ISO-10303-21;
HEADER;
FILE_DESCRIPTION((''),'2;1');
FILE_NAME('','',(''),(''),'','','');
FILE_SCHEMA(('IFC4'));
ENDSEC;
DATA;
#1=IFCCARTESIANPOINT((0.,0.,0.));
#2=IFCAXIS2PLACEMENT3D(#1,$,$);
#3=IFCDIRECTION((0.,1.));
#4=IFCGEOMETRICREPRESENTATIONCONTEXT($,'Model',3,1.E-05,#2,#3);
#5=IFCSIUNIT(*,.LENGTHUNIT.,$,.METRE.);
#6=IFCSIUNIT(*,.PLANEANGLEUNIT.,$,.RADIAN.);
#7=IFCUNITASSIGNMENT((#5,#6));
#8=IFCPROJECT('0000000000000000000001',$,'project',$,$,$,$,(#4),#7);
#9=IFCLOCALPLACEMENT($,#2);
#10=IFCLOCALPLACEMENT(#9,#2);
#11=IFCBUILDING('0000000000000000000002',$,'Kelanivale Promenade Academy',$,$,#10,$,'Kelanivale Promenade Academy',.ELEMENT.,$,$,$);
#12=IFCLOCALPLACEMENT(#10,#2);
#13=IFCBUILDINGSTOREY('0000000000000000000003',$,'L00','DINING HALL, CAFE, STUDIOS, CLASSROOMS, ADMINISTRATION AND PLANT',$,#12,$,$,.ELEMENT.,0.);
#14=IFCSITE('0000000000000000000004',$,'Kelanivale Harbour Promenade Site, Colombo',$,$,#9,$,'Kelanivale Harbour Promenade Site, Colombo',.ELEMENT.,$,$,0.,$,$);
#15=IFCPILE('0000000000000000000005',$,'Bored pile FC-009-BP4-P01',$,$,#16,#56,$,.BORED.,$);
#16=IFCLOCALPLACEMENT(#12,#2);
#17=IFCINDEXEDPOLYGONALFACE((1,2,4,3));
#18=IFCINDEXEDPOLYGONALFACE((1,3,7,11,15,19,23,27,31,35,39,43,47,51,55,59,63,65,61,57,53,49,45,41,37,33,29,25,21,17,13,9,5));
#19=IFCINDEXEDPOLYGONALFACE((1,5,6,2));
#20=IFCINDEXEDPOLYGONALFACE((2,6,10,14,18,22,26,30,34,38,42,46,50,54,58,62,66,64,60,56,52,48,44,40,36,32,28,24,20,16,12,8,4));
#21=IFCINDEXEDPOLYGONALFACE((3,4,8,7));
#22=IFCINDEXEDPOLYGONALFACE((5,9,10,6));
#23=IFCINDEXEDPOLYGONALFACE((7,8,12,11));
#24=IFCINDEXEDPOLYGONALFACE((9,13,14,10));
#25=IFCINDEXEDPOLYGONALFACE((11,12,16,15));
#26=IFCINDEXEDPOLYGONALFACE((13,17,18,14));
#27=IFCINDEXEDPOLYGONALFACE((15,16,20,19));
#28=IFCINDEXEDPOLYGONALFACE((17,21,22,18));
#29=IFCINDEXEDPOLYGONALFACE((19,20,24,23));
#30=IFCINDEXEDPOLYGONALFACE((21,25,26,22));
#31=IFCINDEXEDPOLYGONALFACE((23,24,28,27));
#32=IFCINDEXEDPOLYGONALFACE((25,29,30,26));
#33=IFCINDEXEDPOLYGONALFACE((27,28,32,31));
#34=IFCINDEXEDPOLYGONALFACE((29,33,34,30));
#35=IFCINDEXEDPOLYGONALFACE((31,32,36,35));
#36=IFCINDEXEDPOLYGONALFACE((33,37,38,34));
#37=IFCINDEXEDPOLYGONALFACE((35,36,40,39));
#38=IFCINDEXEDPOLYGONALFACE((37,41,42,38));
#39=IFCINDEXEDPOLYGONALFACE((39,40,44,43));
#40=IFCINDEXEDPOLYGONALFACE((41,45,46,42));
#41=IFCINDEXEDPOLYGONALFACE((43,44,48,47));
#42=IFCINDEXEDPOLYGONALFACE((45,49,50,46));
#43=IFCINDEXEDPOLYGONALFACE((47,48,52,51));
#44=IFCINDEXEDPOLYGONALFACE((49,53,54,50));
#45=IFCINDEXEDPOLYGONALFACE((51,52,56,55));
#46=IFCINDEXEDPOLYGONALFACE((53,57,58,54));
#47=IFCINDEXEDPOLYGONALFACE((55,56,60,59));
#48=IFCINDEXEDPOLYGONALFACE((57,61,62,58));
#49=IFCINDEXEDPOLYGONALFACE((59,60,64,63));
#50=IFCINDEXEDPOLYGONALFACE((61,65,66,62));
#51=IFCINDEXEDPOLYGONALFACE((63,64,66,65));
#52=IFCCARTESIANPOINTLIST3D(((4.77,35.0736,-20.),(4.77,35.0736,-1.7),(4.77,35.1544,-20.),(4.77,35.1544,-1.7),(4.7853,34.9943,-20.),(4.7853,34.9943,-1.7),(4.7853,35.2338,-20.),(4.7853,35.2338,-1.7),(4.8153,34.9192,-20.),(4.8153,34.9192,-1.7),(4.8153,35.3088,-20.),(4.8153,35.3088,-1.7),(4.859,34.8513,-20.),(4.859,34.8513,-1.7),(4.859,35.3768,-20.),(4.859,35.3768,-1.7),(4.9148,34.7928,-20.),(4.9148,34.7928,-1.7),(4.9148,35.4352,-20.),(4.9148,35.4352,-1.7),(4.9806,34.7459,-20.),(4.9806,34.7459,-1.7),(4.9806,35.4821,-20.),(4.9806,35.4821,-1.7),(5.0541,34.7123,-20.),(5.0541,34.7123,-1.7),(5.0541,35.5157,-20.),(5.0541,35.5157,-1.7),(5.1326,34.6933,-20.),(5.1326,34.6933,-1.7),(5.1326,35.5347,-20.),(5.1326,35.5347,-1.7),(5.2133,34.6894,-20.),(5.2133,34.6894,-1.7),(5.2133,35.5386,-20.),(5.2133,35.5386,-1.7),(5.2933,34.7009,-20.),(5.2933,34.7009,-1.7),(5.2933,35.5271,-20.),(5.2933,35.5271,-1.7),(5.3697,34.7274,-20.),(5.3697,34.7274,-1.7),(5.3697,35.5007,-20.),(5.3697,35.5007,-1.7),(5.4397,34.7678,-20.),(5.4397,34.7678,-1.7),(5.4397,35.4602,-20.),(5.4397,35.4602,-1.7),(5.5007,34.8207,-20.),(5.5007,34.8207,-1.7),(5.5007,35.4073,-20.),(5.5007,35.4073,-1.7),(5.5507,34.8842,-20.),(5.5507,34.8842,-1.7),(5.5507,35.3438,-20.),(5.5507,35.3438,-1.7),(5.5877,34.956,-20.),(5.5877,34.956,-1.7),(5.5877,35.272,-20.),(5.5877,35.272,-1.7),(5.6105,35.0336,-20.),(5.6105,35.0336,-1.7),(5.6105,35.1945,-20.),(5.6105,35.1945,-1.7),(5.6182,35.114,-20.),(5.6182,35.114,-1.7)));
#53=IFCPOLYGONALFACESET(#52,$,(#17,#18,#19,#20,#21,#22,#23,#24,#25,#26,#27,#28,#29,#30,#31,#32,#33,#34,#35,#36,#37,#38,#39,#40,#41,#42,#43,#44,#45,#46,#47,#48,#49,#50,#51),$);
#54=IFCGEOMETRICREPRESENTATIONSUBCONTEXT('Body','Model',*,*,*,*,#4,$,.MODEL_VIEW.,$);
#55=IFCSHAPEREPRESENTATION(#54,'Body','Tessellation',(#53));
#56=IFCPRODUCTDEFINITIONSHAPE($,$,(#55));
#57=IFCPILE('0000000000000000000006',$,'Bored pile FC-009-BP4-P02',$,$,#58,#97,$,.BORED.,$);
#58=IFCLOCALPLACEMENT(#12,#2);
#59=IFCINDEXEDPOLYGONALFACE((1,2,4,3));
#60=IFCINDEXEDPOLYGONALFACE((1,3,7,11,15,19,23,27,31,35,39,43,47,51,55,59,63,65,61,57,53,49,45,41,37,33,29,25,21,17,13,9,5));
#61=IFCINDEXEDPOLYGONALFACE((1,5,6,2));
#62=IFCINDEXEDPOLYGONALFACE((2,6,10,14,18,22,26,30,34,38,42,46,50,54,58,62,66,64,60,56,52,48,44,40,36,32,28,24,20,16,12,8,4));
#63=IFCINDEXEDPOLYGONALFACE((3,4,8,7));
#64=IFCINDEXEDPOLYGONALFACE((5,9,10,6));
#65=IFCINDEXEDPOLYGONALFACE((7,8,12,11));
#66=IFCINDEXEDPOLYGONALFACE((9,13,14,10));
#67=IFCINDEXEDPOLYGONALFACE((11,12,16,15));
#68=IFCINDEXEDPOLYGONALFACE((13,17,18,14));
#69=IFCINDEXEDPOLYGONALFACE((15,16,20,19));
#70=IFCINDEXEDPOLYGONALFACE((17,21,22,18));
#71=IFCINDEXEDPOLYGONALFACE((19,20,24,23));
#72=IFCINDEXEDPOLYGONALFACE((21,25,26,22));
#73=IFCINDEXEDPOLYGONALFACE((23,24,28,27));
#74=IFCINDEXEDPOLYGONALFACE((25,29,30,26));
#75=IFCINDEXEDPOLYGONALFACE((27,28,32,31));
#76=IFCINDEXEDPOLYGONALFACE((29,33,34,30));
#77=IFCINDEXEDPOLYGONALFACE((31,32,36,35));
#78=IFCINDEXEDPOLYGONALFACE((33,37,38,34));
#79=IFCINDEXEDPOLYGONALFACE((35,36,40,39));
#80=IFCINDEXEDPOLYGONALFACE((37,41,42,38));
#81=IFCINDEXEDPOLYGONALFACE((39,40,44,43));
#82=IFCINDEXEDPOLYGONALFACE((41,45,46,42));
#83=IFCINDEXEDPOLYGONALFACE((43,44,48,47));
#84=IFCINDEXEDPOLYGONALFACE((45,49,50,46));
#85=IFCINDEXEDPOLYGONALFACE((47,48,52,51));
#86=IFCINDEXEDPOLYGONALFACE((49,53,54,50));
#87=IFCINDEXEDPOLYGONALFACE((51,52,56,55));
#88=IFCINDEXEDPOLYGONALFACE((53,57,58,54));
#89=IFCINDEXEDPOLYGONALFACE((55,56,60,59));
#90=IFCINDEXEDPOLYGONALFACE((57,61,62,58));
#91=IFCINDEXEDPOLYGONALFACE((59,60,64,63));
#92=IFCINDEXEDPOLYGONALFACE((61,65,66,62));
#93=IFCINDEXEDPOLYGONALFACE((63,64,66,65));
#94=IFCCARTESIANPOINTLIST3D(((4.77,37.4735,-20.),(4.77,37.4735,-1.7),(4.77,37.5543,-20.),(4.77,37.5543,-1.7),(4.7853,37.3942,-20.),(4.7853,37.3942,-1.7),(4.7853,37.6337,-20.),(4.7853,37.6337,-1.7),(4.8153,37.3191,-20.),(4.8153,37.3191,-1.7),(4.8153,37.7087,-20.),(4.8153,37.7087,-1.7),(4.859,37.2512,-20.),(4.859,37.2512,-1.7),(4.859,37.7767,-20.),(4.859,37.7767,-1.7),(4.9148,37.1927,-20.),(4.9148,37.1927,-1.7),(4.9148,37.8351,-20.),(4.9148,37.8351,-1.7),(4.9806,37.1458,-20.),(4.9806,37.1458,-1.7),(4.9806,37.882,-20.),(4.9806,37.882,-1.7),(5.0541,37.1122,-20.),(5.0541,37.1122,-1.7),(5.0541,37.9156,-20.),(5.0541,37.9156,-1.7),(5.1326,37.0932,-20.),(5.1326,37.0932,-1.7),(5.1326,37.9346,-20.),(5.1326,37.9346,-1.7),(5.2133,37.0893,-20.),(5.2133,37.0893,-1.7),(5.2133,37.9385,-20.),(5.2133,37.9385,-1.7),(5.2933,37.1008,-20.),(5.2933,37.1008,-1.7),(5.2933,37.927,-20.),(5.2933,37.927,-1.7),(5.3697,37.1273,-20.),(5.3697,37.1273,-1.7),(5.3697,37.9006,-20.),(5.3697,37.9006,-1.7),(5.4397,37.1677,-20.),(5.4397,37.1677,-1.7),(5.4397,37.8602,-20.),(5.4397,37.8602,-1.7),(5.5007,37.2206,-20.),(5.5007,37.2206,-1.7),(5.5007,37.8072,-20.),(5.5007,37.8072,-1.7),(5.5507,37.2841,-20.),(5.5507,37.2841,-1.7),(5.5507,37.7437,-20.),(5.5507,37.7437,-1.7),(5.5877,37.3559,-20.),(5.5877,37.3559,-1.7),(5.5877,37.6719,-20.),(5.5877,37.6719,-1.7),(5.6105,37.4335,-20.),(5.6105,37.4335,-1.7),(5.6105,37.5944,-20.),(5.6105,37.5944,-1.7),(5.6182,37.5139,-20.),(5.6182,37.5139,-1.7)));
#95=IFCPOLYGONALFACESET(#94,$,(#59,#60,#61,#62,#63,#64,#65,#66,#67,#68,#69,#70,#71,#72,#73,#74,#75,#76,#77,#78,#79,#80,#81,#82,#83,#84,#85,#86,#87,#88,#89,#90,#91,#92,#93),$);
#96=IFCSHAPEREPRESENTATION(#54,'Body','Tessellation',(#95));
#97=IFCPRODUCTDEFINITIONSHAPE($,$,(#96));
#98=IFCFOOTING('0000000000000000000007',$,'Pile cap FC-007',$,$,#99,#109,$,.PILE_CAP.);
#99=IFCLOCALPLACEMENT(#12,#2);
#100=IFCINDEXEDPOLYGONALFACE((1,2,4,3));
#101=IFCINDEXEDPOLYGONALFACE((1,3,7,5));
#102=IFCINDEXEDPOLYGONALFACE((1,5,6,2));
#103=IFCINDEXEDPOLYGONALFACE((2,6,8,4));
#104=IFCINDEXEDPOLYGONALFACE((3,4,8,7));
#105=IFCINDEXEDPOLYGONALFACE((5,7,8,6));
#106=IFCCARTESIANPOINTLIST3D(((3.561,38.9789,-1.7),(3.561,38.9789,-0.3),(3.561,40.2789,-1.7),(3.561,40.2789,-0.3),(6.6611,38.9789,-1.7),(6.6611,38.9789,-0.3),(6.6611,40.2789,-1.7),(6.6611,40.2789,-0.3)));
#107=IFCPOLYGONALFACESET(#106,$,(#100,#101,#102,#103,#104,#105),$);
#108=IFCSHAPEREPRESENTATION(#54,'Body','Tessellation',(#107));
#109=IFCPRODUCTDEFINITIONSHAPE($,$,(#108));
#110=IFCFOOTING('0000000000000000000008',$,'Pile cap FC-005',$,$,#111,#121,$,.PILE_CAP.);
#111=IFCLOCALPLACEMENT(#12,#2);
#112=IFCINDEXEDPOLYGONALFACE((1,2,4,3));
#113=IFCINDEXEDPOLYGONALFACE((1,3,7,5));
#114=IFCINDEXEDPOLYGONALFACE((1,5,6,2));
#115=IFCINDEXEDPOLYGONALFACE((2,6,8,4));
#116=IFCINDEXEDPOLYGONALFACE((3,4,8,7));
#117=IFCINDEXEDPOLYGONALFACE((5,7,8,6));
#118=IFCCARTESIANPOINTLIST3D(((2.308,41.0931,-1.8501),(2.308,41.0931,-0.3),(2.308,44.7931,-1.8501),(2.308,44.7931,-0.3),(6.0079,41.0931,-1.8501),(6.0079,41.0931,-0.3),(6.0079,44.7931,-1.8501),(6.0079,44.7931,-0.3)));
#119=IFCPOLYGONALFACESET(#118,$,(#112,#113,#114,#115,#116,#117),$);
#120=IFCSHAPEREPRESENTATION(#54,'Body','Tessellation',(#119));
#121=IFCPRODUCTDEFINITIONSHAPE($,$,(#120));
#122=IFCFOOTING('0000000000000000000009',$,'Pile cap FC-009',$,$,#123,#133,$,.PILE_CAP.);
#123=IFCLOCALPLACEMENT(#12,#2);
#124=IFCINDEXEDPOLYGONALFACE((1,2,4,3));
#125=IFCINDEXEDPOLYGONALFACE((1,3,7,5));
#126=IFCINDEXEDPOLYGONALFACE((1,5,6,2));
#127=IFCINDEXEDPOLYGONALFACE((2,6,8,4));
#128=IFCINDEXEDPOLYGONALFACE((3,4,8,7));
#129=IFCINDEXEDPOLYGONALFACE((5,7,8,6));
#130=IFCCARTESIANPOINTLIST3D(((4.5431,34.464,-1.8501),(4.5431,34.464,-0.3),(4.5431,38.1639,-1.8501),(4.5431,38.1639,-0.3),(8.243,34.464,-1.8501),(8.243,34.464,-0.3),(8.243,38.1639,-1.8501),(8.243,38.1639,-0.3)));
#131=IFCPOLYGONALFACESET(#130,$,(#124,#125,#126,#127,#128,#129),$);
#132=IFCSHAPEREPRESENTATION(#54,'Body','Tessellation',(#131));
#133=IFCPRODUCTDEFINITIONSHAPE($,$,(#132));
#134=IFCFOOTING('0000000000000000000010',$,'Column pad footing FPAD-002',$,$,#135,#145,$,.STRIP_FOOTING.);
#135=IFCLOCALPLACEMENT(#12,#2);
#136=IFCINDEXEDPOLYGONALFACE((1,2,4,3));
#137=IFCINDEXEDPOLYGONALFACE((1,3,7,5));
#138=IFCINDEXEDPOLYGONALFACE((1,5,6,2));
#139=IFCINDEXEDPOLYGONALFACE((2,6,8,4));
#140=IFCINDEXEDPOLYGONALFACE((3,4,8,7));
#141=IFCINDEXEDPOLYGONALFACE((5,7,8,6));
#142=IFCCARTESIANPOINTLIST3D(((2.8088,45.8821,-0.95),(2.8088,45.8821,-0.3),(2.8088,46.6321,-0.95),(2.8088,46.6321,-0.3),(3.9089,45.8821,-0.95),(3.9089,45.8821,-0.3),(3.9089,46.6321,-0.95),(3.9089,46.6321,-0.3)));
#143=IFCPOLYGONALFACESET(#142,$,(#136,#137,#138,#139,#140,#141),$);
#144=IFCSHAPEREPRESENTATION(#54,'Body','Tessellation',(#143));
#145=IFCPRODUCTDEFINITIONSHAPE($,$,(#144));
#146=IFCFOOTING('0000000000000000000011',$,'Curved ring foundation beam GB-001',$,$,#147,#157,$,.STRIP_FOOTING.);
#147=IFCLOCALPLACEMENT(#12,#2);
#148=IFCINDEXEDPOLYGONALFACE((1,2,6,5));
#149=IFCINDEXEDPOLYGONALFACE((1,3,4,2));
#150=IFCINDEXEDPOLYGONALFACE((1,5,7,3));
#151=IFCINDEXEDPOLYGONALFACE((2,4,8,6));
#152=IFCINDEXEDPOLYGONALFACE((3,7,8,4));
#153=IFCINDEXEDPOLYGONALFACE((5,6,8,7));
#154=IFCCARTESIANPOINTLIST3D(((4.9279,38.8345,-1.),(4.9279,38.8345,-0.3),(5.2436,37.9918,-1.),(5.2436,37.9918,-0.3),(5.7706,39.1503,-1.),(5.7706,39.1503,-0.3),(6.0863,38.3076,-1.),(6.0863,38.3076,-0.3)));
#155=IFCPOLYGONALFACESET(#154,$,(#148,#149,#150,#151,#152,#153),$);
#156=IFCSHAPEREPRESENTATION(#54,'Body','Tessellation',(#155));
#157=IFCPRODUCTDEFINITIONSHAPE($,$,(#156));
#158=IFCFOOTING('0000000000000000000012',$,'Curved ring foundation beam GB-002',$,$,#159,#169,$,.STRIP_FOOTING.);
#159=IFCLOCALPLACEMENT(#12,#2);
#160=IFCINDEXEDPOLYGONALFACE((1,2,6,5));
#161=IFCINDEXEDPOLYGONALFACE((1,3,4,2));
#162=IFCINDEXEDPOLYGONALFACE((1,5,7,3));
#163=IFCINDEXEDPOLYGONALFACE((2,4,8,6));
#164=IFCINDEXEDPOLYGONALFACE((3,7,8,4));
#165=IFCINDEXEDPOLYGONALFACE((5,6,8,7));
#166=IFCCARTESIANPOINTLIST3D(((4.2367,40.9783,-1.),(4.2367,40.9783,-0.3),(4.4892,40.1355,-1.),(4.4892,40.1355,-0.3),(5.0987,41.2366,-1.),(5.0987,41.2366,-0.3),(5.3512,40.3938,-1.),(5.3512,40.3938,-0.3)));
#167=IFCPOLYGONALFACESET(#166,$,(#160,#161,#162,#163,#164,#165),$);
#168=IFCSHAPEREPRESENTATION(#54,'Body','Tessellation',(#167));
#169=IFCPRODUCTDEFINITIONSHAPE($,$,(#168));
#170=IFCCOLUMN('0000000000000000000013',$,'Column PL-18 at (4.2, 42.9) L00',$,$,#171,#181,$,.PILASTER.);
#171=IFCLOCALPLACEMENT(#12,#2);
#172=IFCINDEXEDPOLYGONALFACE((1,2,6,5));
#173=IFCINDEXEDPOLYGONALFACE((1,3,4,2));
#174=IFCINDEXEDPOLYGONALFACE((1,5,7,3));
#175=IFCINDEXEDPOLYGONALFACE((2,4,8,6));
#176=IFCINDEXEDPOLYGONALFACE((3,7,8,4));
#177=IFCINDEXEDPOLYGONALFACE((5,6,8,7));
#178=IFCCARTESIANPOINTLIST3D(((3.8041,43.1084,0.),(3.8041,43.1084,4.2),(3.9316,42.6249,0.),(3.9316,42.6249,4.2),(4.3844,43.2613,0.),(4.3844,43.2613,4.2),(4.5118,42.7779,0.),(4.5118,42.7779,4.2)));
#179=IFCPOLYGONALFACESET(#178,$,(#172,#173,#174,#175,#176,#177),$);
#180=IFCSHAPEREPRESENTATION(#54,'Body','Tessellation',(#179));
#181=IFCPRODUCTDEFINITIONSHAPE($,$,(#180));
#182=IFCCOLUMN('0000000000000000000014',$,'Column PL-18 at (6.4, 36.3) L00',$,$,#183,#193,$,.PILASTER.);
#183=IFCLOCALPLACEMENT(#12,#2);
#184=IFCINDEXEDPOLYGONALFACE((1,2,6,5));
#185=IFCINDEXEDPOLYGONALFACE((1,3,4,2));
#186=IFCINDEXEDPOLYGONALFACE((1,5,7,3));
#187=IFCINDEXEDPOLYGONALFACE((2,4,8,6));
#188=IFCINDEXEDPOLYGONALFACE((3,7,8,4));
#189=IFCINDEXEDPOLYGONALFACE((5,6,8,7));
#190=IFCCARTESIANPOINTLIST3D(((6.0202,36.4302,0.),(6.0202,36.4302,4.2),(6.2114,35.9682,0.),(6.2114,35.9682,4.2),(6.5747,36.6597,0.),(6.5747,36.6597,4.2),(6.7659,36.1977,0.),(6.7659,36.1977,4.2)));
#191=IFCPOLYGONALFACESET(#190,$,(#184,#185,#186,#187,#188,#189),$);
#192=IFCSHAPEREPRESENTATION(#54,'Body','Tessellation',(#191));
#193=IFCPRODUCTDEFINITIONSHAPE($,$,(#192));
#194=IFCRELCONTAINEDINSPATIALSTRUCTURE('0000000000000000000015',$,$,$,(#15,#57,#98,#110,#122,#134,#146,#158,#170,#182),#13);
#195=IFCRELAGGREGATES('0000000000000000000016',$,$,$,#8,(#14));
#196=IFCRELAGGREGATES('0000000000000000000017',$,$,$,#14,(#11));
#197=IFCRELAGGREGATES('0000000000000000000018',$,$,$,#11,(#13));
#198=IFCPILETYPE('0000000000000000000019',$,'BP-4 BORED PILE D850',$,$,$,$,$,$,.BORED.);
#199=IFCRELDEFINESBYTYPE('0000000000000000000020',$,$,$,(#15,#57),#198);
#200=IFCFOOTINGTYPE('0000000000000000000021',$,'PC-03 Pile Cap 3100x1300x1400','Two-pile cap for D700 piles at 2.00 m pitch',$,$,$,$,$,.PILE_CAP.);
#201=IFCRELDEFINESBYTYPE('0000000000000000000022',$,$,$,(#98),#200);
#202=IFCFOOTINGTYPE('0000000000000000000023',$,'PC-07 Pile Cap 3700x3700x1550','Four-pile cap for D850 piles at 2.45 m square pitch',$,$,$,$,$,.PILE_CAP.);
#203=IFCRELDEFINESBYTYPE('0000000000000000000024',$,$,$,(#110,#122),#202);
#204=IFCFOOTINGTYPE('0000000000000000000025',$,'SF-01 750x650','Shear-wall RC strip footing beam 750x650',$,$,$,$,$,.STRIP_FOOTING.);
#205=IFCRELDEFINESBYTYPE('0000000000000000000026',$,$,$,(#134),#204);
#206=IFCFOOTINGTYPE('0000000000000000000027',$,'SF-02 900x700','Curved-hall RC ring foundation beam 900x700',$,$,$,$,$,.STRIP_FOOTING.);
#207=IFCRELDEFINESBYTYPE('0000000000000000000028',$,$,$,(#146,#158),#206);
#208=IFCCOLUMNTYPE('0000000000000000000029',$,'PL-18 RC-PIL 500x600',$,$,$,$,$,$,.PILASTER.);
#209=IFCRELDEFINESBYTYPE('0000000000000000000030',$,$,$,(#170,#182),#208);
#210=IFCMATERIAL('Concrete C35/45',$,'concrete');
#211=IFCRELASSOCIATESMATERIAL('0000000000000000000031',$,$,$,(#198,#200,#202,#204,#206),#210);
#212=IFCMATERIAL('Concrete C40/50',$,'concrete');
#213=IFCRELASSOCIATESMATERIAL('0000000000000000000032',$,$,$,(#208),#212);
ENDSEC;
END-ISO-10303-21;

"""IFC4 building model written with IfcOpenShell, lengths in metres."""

from ifc_helpers import new_model, si_unit, direction, frame, origin, origin_2d, place, context, subcontext, project, spatial, rectangle, circle, extrude, material, material_profile, profile_set, type_object, element, save


model = new_model("IFC4")

# Units and contexts
model_context = context("Model", 3, precision=1e-05, world=origin(), true_north=direction((0.0, 1.0)))
body_context = subcontext(model_context, "Body", "Model", "MODEL_VIEW")
ifc_project = project(units=[si_unit("LENGTHUNIT", "METRE"), si_unit("PLANEANGLEUNIT", "RADIAN")], contexts=[model_context])

# Site, building, storey
site_placement = place(None, origin())
site = spatial("IfcSite", under=ifc_project, at=site_placement, Name="Kelanivale Harbour Promenade Site, Colombo", LongName="Kelanivale Harbour Promenade Site, Colombo", CompositionType="ELEMENT", RefElevation=0.0)
building_placement = place(site_placement, origin())
building = spatial("IfcBuilding", under=site, at=building_placement, Name="Kelanivale Promenade Academy", LongName="Kelanivale Promenade Academy", CompositionType="ELEMENT")
storey_placement = place(building_placement, origin())
storey = spatial("IfcBuildingStorey", under=building, at=storey_placement, Name="L00", Description="DINING HALL, CAFE, STUDIOS, CLASSROOMS, ADMINISTRATION AND PLANT", CompositionType="ELEMENT", Elevation=0.0)

# Piles
ifc_material_1 = material(Name="Concrete C35/45", Category="concrete")
ifc_material_profile_1 = material_profile(ifc_material_1, circle(Radius=0.425, at=origin_2d()), Name="BORED PILE D850")
ifc_profile_set_1 = profile_set([ifc_material_profile_1], Name="Concrete C35/45")
pile_type_1 = type_object("IfcPileType", Name="BP-4 BORED PILE D850", PredefinedType="BORED", material=ifc_profile_set_1)
for number, where, z_axis, x_axis, name in (
    (1, (5.1931, 35.114, -1.7), (0.0, 0.0, -1.0), (1.0, 0.0, 0.0), "Bored pile FC-009-BP4-P01"),
    (2, (5.1931, 37.5139, -1.7), (0.0, 0.0, -1.0), (1.0, 0.0, 0.0), "Bored pile FC-009-BP4-P02"),
):
    element("IfcPile", number, at=place(storey_placement, frame(where, z_axis=z_axis, x_axis=x_axis)), inside=storey, type_object=pile_type_1, Name=name, PredefinedType="BORED", context=body_context, shape_type="SweptSolid", body=[
        extrude(circle(Radius=0.425, at=origin_2d()), origin(), (0.0, 0.0, 1.0), 18.3),
    ])

# Footings
footing_type_1 = type_object("IfcFootingType", Name="PC-03 Pile Cap 3100x1300x1400", Description="Two-pile cap for D700 piles at 2.00 m pitch", PredefinedType="PILE_CAP", material=ifc_material_1)
footing_1_placement = place(storey_placement, frame((5.1111, 39.6289, -1.7), z_axis=(0.0, 0.0, 1.0), x_axis=(1.0, 0.0, 0.0)))
element("IfcFooting", 3, at=footing_1_placement, inside=storey, type_object=footing_type_1, Name="Pile cap FC-007", PredefinedType="PILE_CAP", context=body_context, shape_type="SweptSolid", body=[
    extrude(rectangle(XDim=3.1001, YDim=1.3, at=origin_2d()), origin(), (0.0, 0.0, 1.0), 1.3999),
])
footing_type_2 = type_object("IfcFootingType", Name="PC-07 Pile Cap 3700x3700x1550", Description="Four-pile cap for D850 piles at 2.45 m square pitch", PredefinedType="PILE_CAP", material=ifc_material_1)
for number, where, z_axis, x_axis, name in (
    (4, (4.158, 42.9431, -1.8501), (0.0, 0.0, 1.0), (1.0, 0.0, 0.0), "Pile cap FC-005"),
    (5, (6.3931, 36.314, -1.8501), (0.0, 0.0, 1.0), (1.0, 0.0, 0.0), "Pile cap FC-009"),
):
    element("IfcFooting", number, at=place(storey_placement, frame(where, z_axis=z_axis, x_axis=x_axis)), inside=storey, type_object=footing_type_2, Name=name, PredefinedType="PILE_CAP", context=body_context, shape_type="SweptSolid", body=[
        extrude(rectangle(XDim=3.7, YDim=3.7, at=origin_2d()), origin(), (0.0, 0.0, 1.0), 1.55),
    ])
footing_type_3 = type_object("IfcFootingType", Name="SF-01 750x650", Description="Shear-wall RC strip footing beam 750x650", PredefinedType="STRIP_FOOTING", material=ifc_material_1)
footing_2_placement = place(storey_placement, frame((3.3589, 46.2571, -0.95), z_axis=(0.0, 0.0, 1.0), x_axis=(1.0, 0.0, 0.0)))
element("IfcFooting", 6, at=footing_2_placement, inside=storey, type_object=footing_type_3, Name="Column pad footing FPAD-002", PredefinedType="STRIP_FOOTING", context=body_context, shape_type="SweptSolid", body=[
    extrude(rectangle(XDim=1.1001, YDim=0.75, at=origin_2d()), origin(), (0.0, 0.0, 1.0), 0.6499),
])
footing_type_4 = type_object("IfcFootingType", Name="SF-02 900x700", Description="Curved-hall RC ring foundation beam 900x700", PredefinedType="STRIP_FOOTING", material=ifc_material_1)
footing_3_placement = place(storey_placement, frame((5.5071, 38.571, -1.0), z_axis=(0.0, 0.0, 1.0), x_axis=(-0.350845, 0.936434, 0.0)))
element("IfcFooting", 7, at=footing_3_placement, inside=storey, type_object=footing_type_4, Name="Curved ring foundation beam GB-001", PredefinedType="STRIP_FOOTING", context=body_context, shape_type="SweptSolid", body=[
    extrude(rectangle(XDim=0.8999, YDim=0.8999, at=origin_2d()), origin(), (0.0, 0.0, 1.0), 0.7),
])
footing_4_placement = place(storey_placement, frame((4.7939, 40.686, -1.0), z_axis=(0.0, 0.0, 1.0), x_axis=(-0.287026, 0.957923, 0.0)))
element("IfcFooting", 8, at=footing_4_placement, inside=storey, type_object=footing_type_4, Name="Curved ring foundation beam GB-002", PredefinedType="STRIP_FOOTING", context=body_context, shape_type="SweptSolid", body=[
    extrude(rectangle(XDim=0.8799, YDim=0.8999, at=origin_2d()), origin(), (0.0, 0.0, 1.0), 0.7),
])

# Columns
ifc_material_2 = material(Name="Concrete C40/50", Category="concrete")
ifc_material_profile_2 = material_profile(ifc_material_2, rectangle(XDim=0.5, YDim=0.6001, at=origin_2d()), Name="RC-PIL 500x600")
ifc_profile_set_2 = profile_set([ifc_material_profile_2], Name="Concrete C40/50")
column_type_1 = type_object("IfcColumnType", Name="PL-18 RC-PIL 500x600", PredefinedType="PILASTER", material=ifc_profile_set_2)
for number, where, z_axis, x_axis, name in (
    (9, (4.158, 42.9431, 0.0), (0.0, 0.0, 1.0), (-0.254939, 0.966957, 0.0), "Column PL-18 at (4.2, 42.9) L00"),
    (10, (6.3931, 36.314, 0.0), (0.0, 0.0, 1.0), (-0.382361, 0.924013, 0.0), "Column PL-18 at (6.4, 36.3) L00"),
):
    element("IfcColumn", number, at=place(storey_placement, frame(where, z_axis=z_axis, x_axis=x_axis)), inside=storey, type_object=column_type_1, Name=name, PredefinedType="PILASTER", context=body_context, shape_type="SweptSolid", body=[
        extrude(rectangle(XDim=0.5, YDim=0.6001, at=origin_2d()), origin(), (0.0, 0.0, 1.0), 4.2),
    ])

save(model, "model.ifc")
